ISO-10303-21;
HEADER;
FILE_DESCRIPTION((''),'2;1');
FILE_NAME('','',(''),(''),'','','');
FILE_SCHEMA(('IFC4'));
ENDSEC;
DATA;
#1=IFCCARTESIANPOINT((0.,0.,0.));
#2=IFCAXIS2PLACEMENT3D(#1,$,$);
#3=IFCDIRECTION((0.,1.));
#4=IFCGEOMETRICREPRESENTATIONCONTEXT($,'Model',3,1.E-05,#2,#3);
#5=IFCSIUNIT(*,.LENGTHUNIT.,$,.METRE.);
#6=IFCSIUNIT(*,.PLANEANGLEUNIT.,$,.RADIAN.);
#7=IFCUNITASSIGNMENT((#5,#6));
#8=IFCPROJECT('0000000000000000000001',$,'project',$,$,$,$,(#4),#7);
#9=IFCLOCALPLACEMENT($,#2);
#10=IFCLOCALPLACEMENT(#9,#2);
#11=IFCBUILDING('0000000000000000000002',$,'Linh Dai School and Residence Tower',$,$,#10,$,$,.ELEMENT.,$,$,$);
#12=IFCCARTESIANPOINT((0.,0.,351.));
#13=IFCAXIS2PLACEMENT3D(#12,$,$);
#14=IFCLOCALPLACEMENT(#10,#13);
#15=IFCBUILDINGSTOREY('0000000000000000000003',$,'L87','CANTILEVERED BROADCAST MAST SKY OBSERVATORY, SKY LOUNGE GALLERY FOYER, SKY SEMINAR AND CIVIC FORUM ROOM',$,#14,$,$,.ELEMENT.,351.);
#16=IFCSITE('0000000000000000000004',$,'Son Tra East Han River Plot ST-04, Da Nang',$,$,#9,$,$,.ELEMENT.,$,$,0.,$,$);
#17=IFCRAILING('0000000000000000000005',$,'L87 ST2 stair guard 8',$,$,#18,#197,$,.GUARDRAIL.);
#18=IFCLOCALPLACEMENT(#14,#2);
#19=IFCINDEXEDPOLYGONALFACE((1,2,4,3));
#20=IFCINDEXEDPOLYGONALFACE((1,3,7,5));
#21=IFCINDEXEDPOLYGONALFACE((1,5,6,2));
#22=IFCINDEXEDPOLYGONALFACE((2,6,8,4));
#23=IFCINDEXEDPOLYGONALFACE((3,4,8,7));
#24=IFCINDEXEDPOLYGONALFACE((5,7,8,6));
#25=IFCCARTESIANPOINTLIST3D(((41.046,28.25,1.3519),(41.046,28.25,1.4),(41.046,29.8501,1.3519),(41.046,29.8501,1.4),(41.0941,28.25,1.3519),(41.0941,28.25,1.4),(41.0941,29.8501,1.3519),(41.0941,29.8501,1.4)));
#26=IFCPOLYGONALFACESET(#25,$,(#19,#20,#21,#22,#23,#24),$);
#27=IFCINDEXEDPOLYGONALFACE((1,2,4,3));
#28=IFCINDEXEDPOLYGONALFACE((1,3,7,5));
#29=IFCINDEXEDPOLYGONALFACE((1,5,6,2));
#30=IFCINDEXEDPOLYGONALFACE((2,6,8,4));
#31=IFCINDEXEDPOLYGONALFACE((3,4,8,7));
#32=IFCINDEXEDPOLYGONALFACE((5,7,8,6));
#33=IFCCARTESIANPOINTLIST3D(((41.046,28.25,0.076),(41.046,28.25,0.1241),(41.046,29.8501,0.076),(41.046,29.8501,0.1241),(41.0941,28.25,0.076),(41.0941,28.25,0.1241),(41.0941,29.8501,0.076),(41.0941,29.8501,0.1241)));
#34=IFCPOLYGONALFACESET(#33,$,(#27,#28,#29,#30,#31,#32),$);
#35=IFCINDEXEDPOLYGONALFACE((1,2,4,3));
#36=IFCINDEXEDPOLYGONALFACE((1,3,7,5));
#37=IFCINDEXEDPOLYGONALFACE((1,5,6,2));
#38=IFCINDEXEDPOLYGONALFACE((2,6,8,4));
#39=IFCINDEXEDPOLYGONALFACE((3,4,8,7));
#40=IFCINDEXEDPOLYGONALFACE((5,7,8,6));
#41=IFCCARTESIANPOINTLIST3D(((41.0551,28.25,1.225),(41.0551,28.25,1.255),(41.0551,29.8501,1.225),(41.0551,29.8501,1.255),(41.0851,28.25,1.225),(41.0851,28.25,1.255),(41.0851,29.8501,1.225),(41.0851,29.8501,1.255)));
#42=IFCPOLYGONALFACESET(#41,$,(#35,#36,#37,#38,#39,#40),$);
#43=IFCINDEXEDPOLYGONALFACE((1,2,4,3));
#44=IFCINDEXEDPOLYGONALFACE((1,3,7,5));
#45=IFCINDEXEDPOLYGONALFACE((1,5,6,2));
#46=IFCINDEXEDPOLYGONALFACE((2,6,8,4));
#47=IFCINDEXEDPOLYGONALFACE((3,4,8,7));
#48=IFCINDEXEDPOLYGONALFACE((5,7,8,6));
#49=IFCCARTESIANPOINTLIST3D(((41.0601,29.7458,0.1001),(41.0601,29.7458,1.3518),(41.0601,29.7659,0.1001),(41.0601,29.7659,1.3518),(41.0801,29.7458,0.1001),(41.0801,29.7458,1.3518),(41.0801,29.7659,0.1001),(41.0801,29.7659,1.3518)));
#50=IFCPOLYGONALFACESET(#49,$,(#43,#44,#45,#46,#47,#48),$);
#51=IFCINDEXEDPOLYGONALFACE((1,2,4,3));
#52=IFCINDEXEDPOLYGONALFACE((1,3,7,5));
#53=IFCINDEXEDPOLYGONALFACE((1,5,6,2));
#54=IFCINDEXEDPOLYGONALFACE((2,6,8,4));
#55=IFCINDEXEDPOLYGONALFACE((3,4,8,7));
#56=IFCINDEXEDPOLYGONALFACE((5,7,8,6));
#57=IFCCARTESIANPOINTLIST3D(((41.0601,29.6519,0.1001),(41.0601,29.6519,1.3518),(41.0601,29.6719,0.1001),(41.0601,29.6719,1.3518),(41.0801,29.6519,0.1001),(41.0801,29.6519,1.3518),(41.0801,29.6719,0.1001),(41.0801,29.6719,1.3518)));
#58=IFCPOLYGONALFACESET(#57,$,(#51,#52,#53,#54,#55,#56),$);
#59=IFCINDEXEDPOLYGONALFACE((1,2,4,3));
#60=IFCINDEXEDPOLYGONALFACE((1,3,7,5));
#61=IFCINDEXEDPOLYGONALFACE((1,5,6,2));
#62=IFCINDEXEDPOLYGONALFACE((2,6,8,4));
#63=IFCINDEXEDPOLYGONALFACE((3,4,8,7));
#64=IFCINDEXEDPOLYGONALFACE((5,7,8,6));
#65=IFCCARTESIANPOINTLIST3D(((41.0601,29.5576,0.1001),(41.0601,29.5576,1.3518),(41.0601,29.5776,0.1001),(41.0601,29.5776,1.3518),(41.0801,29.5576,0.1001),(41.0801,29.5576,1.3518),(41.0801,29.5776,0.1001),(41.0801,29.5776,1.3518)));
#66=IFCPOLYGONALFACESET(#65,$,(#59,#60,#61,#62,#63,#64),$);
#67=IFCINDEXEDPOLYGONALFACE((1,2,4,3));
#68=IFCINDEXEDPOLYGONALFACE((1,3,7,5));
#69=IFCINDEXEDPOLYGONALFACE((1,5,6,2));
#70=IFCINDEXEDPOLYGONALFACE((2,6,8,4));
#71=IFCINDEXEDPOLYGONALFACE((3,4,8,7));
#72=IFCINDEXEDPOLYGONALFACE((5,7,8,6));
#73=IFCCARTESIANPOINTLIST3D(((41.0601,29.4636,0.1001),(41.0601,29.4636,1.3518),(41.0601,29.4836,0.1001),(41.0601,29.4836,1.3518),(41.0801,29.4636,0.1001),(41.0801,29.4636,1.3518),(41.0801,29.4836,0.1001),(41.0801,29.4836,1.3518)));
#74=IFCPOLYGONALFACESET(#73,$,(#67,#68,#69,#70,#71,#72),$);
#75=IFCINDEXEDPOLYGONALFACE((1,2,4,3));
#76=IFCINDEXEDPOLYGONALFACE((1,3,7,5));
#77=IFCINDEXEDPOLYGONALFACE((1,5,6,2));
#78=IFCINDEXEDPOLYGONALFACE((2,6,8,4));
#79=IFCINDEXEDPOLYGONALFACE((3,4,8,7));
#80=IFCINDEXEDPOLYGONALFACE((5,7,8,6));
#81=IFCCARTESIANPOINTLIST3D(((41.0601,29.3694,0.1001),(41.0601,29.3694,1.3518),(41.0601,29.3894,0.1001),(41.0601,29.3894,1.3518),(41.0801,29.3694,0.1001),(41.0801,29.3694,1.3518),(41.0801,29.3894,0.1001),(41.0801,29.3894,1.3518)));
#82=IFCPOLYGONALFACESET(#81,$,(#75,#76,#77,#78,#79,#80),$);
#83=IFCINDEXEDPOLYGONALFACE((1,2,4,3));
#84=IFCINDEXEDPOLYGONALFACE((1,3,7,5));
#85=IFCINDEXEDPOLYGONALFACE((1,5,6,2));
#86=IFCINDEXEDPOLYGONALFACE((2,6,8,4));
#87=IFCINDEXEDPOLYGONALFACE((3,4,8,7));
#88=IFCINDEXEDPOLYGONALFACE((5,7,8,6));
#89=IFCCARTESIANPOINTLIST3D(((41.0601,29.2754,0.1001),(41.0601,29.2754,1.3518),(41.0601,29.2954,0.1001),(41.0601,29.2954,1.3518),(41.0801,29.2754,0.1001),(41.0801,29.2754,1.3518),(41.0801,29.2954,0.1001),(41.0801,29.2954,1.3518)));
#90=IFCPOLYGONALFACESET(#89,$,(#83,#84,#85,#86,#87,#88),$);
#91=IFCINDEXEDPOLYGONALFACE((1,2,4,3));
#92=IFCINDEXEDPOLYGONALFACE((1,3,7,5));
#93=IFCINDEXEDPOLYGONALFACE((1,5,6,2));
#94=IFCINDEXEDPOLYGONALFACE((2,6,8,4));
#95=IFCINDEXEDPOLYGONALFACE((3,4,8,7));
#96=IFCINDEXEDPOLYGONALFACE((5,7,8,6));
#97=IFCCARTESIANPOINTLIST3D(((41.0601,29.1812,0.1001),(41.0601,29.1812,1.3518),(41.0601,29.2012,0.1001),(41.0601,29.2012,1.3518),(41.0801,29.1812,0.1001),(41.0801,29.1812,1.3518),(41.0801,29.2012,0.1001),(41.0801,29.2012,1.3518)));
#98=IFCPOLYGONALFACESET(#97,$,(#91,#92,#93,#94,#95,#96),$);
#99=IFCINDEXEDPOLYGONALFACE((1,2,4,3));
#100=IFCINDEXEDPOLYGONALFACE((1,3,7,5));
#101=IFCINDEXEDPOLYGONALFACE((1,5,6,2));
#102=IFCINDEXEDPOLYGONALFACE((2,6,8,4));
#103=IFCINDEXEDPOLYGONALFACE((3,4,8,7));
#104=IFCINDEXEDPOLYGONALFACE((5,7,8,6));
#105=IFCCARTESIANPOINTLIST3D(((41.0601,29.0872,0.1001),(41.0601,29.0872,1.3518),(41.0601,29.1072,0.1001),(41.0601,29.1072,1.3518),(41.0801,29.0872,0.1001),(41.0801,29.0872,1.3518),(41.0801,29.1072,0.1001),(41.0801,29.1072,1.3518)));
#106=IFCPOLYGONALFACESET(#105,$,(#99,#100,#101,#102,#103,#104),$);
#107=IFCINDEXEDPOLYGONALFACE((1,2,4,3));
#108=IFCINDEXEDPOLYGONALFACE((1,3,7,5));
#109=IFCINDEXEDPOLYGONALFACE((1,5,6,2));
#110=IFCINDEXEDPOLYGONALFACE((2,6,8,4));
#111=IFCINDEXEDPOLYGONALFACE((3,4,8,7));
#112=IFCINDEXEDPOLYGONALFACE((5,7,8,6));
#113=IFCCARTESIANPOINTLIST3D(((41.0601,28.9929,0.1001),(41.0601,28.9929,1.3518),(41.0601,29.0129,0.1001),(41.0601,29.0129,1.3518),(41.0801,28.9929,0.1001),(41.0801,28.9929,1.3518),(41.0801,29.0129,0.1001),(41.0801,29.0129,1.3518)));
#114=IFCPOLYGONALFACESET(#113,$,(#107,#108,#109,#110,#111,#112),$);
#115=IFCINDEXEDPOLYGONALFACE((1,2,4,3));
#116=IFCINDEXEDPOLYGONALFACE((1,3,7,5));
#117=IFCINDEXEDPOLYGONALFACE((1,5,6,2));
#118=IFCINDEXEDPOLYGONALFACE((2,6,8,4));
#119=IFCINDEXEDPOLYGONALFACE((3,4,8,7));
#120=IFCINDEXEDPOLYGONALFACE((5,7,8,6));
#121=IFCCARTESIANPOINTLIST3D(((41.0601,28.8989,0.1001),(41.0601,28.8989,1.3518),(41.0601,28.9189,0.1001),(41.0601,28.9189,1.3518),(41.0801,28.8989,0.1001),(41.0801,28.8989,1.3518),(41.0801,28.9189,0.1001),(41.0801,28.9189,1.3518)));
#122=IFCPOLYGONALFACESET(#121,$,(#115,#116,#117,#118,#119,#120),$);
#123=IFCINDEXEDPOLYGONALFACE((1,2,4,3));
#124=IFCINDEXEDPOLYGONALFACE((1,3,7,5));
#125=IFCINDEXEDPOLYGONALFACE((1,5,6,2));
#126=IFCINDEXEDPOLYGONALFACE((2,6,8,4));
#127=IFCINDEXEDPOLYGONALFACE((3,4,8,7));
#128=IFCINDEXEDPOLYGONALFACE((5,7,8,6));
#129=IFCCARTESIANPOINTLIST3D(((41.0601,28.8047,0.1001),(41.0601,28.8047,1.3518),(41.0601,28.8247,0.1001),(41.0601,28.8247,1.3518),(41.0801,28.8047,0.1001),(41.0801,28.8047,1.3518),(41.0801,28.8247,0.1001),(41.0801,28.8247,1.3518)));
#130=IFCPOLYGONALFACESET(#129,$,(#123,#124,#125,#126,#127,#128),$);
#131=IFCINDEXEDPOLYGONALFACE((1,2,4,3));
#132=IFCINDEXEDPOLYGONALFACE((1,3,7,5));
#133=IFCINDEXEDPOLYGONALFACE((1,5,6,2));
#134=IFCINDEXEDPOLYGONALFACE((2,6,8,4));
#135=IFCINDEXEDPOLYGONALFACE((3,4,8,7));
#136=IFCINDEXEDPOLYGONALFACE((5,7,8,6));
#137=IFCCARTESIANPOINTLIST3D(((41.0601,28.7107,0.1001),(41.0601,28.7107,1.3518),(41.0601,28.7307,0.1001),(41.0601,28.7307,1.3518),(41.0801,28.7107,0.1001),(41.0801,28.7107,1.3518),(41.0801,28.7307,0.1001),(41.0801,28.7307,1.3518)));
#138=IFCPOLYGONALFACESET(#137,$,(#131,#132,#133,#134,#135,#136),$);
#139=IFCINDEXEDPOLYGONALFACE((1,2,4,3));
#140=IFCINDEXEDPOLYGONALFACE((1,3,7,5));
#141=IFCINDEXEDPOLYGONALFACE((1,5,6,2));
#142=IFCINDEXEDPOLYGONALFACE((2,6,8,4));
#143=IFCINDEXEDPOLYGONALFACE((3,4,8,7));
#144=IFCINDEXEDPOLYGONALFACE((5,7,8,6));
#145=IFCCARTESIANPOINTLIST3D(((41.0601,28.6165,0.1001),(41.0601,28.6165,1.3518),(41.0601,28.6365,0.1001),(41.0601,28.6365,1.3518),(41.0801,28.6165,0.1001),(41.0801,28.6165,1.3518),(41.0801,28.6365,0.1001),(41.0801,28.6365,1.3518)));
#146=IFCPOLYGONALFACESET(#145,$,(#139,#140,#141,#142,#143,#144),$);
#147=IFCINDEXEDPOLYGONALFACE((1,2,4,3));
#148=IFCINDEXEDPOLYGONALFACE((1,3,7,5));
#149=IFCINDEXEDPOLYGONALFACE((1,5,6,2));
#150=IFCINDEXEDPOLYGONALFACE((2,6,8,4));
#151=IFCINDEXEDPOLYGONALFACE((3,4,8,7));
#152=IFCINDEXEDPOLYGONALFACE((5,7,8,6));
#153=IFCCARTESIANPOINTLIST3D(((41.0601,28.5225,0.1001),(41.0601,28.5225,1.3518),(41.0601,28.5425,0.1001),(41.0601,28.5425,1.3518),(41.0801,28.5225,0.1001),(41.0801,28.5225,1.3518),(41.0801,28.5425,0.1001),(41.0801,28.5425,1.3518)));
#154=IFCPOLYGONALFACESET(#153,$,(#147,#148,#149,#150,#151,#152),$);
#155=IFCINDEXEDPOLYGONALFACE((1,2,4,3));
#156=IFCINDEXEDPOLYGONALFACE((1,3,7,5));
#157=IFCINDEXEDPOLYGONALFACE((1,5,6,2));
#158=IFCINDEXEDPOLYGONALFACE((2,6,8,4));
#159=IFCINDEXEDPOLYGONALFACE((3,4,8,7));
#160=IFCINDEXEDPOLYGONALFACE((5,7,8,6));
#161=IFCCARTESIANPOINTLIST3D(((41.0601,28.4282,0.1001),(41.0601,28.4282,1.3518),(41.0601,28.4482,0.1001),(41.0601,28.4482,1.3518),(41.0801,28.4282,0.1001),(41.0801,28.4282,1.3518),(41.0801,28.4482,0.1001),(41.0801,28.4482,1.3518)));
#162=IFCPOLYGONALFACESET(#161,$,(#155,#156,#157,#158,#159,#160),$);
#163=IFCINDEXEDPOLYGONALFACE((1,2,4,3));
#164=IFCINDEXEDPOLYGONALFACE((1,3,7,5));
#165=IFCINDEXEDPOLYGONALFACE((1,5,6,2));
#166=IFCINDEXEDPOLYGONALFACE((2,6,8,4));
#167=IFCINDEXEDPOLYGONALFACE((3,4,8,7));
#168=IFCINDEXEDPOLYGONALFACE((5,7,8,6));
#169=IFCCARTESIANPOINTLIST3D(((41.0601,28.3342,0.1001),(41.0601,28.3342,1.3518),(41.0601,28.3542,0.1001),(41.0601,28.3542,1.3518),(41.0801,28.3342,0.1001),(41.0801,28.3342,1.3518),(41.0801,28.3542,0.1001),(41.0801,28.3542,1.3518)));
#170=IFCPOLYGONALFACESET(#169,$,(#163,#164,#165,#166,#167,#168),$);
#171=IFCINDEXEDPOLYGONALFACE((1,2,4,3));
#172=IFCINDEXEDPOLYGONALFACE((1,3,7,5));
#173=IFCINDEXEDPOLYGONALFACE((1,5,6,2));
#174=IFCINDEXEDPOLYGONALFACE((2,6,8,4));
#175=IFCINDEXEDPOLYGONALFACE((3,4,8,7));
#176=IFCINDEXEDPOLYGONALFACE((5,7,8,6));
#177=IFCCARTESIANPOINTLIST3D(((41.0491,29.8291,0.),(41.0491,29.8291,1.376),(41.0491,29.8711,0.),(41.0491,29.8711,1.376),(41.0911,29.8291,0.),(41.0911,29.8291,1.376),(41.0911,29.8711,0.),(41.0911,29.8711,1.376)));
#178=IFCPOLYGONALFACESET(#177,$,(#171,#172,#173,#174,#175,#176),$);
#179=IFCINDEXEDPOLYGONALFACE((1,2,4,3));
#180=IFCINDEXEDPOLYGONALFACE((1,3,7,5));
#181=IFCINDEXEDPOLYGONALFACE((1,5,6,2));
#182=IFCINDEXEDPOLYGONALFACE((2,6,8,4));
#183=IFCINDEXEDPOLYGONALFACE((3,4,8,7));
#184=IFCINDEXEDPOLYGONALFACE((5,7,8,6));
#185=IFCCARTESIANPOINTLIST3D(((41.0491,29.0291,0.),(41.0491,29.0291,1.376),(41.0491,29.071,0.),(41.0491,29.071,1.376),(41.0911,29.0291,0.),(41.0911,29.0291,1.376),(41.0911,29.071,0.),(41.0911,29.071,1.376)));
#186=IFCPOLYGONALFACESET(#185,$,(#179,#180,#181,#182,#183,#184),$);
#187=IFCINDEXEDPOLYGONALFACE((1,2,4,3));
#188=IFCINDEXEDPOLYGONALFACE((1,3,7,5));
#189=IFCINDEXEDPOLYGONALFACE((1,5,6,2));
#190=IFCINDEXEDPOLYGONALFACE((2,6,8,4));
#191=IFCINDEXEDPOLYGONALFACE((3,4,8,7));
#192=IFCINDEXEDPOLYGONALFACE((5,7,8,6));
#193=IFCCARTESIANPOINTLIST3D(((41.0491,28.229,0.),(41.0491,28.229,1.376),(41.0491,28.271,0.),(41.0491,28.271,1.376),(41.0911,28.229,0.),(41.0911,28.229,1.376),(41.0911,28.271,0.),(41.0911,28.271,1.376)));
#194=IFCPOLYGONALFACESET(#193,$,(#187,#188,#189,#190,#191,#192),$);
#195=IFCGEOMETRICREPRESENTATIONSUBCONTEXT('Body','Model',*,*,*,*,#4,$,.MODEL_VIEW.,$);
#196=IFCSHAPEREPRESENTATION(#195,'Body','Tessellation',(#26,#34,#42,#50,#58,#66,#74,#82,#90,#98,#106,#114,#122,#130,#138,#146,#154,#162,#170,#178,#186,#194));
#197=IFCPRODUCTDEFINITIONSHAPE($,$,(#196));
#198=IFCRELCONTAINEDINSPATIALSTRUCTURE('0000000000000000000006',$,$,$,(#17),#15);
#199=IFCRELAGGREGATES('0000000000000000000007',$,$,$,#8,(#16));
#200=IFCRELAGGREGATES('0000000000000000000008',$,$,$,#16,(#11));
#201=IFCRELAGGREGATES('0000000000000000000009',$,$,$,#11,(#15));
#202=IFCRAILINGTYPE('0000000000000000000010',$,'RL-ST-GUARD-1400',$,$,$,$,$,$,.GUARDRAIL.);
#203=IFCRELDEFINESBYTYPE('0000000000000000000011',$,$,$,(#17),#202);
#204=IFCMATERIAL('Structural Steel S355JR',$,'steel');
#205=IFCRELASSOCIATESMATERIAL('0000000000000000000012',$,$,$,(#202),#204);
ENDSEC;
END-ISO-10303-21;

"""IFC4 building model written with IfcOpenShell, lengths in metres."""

from ifc_helpers import new_model, si_unit, direction, frame, origin, origin_2d, place, context, subcontext, project, spatial, rectangle, extrude, source, transform, mapped, material, type_object, element, save


model = new_model("IFC4")

# Units and contexts
model_context = context("Model", 3, precision=1e-05, world=origin(), true_north=direction((0.0, 1.0)))
body_context = subcontext(model_context, "Body", "Model", "MODEL_VIEW")
ifc_project = project(units=[si_unit("LENGTHUNIT", "METRE"), si_unit("PLANEANGLEUNIT", "RADIAN")], contexts=[model_context])

# Site, building, storey
site_placement = place(None, origin())
site = spatial("IfcSite", under=ifc_project, at=site_placement, Name="Son Tra East Han River Plot ST-04, Da Nang", CompositionType="ELEMENT", RefElevation=0.0)
building_placement = place(site_placement, origin())
building = spatial("IfcBuilding", under=site, at=building_placement, Name="Linh Dai School and Residence Tower", CompositionType="ELEMENT")
storey_placement = place(building_placement, frame((0.0, 0.0, 351.0)))
storey = spatial("IfcBuildingStorey", under=building, at=storey_placement, Name="L87", Description="CANTILEVERED BROADCAST MAST SKY OBSERVATORY, SKY LOUNGE GALLERY FOYER, SKY SEMINAR AND CIVIC FORUM ROOM", CompositionType="ELEMENT", Elevation=351.0)

# Shared definitions
ifc_material_1 = material(Name="Structural Steel S355JR", Category="steel")

# Railing
railing_type_1 = type_object("IfcRailingType", Name="RL-ST-GUARD-1400", PredefinedType="GUARDRAIL", material=ifc_material_1)
shared_shape_1 = source(origin(), body_context, "Body", "SweptSolid", [
    extrude(rectangle(XDim=0.0481, YDim=0.0481, at=origin_2d()), frame((0.0, 0.0, 1.376), z_axis=(0.0, -1.0, 0.0), x_axis=(1.0, 0.0, 0.0)), (0.0, 0.0, 1.0), 1.6001),
    extrude(rectangle(XDim=0.0481, YDim=0.0481, at=origin_2d()), frame((0.0, 0.0, 0.1001), z_axis=(0.0, -1.0, 0.0), x_axis=(1.0, 0.0, 0.0)), (0.0, 0.0, 1.0), 1.6001),
    extrude(rectangle(XDim=0.03, YDim=0.03, at=origin_2d()), frame((0.0, 0.0, 1.24), z_axis=(0.0, -1.0, 0.0), x_axis=(1.0, 0.0, 0.0)), (0.0, 0.0, 1.0), 1.6001),
    extrude(rectangle(XDim=0.02, YDim=0.02, at=origin_2d()), frame((0.0, -0.0942, 0.1001)), (0.0, 0.0, 1.0), 1.2517),
    extrude(rectangle(XDim=0.02, YDim=0.02, at=origin_2d()), frame((0.0, -0.1882, 0.1001)), (0.0, 0.0, 1.0), 1.2517),
    extrude(rectangle(XDim=0.02, YDim=0.02, at=origin_2d()), frame((0.0, -0.2825, 0.1001)), (0.0, 0.0, 1.0), 1.2517),
    extrude(rectangle(XDim=0.02, YDim=0.02, at=origin_2d()), frame((0.0, -0.3765, 0.1001)), (0.0, 0.0, 1.0), 1.2517),
    extrude(rectangle(XDim=0.02, YDim=0.02, at=origin_2d()), frame((0.0, -0.4707, 0.1001)), (0.0, 0.0, 1.0), 1.2517),
    extrude(rectangle(XDim=0.02, YDim=0.02, at=origin_2d()), frame((0.0, -0.5647, 0.1001)), (0.0, 0.0, 1.0), 1.2517),
    extrude(rectangle(XDim=0.02, YDim=0.02, at=origin_2d()), frame((0.0, -0.6589, 0.1001)), (0.0, 0.0, 1.0), 1.2517),
    extrude(rectangle(XDim=0.02, YDim=0.02, at=origin_2d()), frame((0.0, -0.7529, 0.1001)), (0.0, 0.0, 1.0), 1.2517),
    extrude(rectangle(XDim=0.02, YDim=0.02, at=origin_2d()), frame((0.0, -0.8472, 0.1001)), (0.0, 0.0, 1.0), 1.2517),
    extrude(rectangle(XDim=0.02, YDim=0.02, at=origin_2d()), frame((0.0, -0.9412, 0.1001)), (0.0, 0.0, 1.0), 1.2517),
    extrude(rectangle(XDim=0.02, YDim=0.02, at=origin_2d()), frame((0.0, -1.0354, 0.1001)), (0.0, 0.0, 1.0), 1.2517),
    extrude(rectangle(XDim=0.02, YDim=0.02, at=origin_2d()), frame((0.0, -1.1294, 0.1001)), (0.0, 0.0, 1.0), 1.2517),
    extrude(rectangle(XDim=0.02, YDim=0.02, at=origin_2d()), frame((0.0, -1.2236, 0.1001)), (0.0, 0.0, 1.0), 1.2517),
    extrude(rectangle(XDim=0.02, YDim=0.02, at=origin_2d()), frame((0.0, -1.3176, 0.1001)), (0.0, 0.0, 1.0), 1.2517),
    extrude(rectangle(XDim=0.02, YDim=0.02, at=origin_2d()), frame((0.0, -1.4119, 0.1001)), (0.0, 0.0, 1.0), 1.2517),
    extrude(rectangle(XDim=0.02, YDim=0.02, at=origin_2d()), frame((0.0, -1.5059, 0.1001)), (0.0, 0.0, 1.0), 1.2517),
    extrude(rectangle(XDim=0.042, YDim=0.042, at=origin_2d()), origin(), (0.0, 0.0, 1.0), 1.376),
    extrude(rectangle(XDim=0.042, YDim=0.042, at=origin_2d()), frame((0.0, -0.8, 0.0)), (0.0, 0.0, 1.0), 1.376),
    extrude(rectangle(XDim=0.042, YDim=0.042, at=origin_2d()), frame((0.0, -1.6001, 0.0)), (0.0, 0.0, 1.0), 1.376),
])
for number, where, name in (
    (1, (41.0701, 29.8501, 0.0), "L87 ST2 stair guard 8"),
):
    element("IfcRailing", number, at=place(storey_placement, frame(where)), inside=storey, type_object=railing_type_1, Name=name, PredefinedType="GUARDRAIL", context=body_context, shape_type="MappedRepresentation", body=[
        mapped(shared_shape_1, transform((0.0, 0.0, 0.0), x_axis=(1.0, 0.0, 0.0), y_axis=(0.0, 1.0, 0.0), z_axis=(0.0, 0.0, 1.0), scale=1.0)),
    ])

save(model, "model.ifc")
